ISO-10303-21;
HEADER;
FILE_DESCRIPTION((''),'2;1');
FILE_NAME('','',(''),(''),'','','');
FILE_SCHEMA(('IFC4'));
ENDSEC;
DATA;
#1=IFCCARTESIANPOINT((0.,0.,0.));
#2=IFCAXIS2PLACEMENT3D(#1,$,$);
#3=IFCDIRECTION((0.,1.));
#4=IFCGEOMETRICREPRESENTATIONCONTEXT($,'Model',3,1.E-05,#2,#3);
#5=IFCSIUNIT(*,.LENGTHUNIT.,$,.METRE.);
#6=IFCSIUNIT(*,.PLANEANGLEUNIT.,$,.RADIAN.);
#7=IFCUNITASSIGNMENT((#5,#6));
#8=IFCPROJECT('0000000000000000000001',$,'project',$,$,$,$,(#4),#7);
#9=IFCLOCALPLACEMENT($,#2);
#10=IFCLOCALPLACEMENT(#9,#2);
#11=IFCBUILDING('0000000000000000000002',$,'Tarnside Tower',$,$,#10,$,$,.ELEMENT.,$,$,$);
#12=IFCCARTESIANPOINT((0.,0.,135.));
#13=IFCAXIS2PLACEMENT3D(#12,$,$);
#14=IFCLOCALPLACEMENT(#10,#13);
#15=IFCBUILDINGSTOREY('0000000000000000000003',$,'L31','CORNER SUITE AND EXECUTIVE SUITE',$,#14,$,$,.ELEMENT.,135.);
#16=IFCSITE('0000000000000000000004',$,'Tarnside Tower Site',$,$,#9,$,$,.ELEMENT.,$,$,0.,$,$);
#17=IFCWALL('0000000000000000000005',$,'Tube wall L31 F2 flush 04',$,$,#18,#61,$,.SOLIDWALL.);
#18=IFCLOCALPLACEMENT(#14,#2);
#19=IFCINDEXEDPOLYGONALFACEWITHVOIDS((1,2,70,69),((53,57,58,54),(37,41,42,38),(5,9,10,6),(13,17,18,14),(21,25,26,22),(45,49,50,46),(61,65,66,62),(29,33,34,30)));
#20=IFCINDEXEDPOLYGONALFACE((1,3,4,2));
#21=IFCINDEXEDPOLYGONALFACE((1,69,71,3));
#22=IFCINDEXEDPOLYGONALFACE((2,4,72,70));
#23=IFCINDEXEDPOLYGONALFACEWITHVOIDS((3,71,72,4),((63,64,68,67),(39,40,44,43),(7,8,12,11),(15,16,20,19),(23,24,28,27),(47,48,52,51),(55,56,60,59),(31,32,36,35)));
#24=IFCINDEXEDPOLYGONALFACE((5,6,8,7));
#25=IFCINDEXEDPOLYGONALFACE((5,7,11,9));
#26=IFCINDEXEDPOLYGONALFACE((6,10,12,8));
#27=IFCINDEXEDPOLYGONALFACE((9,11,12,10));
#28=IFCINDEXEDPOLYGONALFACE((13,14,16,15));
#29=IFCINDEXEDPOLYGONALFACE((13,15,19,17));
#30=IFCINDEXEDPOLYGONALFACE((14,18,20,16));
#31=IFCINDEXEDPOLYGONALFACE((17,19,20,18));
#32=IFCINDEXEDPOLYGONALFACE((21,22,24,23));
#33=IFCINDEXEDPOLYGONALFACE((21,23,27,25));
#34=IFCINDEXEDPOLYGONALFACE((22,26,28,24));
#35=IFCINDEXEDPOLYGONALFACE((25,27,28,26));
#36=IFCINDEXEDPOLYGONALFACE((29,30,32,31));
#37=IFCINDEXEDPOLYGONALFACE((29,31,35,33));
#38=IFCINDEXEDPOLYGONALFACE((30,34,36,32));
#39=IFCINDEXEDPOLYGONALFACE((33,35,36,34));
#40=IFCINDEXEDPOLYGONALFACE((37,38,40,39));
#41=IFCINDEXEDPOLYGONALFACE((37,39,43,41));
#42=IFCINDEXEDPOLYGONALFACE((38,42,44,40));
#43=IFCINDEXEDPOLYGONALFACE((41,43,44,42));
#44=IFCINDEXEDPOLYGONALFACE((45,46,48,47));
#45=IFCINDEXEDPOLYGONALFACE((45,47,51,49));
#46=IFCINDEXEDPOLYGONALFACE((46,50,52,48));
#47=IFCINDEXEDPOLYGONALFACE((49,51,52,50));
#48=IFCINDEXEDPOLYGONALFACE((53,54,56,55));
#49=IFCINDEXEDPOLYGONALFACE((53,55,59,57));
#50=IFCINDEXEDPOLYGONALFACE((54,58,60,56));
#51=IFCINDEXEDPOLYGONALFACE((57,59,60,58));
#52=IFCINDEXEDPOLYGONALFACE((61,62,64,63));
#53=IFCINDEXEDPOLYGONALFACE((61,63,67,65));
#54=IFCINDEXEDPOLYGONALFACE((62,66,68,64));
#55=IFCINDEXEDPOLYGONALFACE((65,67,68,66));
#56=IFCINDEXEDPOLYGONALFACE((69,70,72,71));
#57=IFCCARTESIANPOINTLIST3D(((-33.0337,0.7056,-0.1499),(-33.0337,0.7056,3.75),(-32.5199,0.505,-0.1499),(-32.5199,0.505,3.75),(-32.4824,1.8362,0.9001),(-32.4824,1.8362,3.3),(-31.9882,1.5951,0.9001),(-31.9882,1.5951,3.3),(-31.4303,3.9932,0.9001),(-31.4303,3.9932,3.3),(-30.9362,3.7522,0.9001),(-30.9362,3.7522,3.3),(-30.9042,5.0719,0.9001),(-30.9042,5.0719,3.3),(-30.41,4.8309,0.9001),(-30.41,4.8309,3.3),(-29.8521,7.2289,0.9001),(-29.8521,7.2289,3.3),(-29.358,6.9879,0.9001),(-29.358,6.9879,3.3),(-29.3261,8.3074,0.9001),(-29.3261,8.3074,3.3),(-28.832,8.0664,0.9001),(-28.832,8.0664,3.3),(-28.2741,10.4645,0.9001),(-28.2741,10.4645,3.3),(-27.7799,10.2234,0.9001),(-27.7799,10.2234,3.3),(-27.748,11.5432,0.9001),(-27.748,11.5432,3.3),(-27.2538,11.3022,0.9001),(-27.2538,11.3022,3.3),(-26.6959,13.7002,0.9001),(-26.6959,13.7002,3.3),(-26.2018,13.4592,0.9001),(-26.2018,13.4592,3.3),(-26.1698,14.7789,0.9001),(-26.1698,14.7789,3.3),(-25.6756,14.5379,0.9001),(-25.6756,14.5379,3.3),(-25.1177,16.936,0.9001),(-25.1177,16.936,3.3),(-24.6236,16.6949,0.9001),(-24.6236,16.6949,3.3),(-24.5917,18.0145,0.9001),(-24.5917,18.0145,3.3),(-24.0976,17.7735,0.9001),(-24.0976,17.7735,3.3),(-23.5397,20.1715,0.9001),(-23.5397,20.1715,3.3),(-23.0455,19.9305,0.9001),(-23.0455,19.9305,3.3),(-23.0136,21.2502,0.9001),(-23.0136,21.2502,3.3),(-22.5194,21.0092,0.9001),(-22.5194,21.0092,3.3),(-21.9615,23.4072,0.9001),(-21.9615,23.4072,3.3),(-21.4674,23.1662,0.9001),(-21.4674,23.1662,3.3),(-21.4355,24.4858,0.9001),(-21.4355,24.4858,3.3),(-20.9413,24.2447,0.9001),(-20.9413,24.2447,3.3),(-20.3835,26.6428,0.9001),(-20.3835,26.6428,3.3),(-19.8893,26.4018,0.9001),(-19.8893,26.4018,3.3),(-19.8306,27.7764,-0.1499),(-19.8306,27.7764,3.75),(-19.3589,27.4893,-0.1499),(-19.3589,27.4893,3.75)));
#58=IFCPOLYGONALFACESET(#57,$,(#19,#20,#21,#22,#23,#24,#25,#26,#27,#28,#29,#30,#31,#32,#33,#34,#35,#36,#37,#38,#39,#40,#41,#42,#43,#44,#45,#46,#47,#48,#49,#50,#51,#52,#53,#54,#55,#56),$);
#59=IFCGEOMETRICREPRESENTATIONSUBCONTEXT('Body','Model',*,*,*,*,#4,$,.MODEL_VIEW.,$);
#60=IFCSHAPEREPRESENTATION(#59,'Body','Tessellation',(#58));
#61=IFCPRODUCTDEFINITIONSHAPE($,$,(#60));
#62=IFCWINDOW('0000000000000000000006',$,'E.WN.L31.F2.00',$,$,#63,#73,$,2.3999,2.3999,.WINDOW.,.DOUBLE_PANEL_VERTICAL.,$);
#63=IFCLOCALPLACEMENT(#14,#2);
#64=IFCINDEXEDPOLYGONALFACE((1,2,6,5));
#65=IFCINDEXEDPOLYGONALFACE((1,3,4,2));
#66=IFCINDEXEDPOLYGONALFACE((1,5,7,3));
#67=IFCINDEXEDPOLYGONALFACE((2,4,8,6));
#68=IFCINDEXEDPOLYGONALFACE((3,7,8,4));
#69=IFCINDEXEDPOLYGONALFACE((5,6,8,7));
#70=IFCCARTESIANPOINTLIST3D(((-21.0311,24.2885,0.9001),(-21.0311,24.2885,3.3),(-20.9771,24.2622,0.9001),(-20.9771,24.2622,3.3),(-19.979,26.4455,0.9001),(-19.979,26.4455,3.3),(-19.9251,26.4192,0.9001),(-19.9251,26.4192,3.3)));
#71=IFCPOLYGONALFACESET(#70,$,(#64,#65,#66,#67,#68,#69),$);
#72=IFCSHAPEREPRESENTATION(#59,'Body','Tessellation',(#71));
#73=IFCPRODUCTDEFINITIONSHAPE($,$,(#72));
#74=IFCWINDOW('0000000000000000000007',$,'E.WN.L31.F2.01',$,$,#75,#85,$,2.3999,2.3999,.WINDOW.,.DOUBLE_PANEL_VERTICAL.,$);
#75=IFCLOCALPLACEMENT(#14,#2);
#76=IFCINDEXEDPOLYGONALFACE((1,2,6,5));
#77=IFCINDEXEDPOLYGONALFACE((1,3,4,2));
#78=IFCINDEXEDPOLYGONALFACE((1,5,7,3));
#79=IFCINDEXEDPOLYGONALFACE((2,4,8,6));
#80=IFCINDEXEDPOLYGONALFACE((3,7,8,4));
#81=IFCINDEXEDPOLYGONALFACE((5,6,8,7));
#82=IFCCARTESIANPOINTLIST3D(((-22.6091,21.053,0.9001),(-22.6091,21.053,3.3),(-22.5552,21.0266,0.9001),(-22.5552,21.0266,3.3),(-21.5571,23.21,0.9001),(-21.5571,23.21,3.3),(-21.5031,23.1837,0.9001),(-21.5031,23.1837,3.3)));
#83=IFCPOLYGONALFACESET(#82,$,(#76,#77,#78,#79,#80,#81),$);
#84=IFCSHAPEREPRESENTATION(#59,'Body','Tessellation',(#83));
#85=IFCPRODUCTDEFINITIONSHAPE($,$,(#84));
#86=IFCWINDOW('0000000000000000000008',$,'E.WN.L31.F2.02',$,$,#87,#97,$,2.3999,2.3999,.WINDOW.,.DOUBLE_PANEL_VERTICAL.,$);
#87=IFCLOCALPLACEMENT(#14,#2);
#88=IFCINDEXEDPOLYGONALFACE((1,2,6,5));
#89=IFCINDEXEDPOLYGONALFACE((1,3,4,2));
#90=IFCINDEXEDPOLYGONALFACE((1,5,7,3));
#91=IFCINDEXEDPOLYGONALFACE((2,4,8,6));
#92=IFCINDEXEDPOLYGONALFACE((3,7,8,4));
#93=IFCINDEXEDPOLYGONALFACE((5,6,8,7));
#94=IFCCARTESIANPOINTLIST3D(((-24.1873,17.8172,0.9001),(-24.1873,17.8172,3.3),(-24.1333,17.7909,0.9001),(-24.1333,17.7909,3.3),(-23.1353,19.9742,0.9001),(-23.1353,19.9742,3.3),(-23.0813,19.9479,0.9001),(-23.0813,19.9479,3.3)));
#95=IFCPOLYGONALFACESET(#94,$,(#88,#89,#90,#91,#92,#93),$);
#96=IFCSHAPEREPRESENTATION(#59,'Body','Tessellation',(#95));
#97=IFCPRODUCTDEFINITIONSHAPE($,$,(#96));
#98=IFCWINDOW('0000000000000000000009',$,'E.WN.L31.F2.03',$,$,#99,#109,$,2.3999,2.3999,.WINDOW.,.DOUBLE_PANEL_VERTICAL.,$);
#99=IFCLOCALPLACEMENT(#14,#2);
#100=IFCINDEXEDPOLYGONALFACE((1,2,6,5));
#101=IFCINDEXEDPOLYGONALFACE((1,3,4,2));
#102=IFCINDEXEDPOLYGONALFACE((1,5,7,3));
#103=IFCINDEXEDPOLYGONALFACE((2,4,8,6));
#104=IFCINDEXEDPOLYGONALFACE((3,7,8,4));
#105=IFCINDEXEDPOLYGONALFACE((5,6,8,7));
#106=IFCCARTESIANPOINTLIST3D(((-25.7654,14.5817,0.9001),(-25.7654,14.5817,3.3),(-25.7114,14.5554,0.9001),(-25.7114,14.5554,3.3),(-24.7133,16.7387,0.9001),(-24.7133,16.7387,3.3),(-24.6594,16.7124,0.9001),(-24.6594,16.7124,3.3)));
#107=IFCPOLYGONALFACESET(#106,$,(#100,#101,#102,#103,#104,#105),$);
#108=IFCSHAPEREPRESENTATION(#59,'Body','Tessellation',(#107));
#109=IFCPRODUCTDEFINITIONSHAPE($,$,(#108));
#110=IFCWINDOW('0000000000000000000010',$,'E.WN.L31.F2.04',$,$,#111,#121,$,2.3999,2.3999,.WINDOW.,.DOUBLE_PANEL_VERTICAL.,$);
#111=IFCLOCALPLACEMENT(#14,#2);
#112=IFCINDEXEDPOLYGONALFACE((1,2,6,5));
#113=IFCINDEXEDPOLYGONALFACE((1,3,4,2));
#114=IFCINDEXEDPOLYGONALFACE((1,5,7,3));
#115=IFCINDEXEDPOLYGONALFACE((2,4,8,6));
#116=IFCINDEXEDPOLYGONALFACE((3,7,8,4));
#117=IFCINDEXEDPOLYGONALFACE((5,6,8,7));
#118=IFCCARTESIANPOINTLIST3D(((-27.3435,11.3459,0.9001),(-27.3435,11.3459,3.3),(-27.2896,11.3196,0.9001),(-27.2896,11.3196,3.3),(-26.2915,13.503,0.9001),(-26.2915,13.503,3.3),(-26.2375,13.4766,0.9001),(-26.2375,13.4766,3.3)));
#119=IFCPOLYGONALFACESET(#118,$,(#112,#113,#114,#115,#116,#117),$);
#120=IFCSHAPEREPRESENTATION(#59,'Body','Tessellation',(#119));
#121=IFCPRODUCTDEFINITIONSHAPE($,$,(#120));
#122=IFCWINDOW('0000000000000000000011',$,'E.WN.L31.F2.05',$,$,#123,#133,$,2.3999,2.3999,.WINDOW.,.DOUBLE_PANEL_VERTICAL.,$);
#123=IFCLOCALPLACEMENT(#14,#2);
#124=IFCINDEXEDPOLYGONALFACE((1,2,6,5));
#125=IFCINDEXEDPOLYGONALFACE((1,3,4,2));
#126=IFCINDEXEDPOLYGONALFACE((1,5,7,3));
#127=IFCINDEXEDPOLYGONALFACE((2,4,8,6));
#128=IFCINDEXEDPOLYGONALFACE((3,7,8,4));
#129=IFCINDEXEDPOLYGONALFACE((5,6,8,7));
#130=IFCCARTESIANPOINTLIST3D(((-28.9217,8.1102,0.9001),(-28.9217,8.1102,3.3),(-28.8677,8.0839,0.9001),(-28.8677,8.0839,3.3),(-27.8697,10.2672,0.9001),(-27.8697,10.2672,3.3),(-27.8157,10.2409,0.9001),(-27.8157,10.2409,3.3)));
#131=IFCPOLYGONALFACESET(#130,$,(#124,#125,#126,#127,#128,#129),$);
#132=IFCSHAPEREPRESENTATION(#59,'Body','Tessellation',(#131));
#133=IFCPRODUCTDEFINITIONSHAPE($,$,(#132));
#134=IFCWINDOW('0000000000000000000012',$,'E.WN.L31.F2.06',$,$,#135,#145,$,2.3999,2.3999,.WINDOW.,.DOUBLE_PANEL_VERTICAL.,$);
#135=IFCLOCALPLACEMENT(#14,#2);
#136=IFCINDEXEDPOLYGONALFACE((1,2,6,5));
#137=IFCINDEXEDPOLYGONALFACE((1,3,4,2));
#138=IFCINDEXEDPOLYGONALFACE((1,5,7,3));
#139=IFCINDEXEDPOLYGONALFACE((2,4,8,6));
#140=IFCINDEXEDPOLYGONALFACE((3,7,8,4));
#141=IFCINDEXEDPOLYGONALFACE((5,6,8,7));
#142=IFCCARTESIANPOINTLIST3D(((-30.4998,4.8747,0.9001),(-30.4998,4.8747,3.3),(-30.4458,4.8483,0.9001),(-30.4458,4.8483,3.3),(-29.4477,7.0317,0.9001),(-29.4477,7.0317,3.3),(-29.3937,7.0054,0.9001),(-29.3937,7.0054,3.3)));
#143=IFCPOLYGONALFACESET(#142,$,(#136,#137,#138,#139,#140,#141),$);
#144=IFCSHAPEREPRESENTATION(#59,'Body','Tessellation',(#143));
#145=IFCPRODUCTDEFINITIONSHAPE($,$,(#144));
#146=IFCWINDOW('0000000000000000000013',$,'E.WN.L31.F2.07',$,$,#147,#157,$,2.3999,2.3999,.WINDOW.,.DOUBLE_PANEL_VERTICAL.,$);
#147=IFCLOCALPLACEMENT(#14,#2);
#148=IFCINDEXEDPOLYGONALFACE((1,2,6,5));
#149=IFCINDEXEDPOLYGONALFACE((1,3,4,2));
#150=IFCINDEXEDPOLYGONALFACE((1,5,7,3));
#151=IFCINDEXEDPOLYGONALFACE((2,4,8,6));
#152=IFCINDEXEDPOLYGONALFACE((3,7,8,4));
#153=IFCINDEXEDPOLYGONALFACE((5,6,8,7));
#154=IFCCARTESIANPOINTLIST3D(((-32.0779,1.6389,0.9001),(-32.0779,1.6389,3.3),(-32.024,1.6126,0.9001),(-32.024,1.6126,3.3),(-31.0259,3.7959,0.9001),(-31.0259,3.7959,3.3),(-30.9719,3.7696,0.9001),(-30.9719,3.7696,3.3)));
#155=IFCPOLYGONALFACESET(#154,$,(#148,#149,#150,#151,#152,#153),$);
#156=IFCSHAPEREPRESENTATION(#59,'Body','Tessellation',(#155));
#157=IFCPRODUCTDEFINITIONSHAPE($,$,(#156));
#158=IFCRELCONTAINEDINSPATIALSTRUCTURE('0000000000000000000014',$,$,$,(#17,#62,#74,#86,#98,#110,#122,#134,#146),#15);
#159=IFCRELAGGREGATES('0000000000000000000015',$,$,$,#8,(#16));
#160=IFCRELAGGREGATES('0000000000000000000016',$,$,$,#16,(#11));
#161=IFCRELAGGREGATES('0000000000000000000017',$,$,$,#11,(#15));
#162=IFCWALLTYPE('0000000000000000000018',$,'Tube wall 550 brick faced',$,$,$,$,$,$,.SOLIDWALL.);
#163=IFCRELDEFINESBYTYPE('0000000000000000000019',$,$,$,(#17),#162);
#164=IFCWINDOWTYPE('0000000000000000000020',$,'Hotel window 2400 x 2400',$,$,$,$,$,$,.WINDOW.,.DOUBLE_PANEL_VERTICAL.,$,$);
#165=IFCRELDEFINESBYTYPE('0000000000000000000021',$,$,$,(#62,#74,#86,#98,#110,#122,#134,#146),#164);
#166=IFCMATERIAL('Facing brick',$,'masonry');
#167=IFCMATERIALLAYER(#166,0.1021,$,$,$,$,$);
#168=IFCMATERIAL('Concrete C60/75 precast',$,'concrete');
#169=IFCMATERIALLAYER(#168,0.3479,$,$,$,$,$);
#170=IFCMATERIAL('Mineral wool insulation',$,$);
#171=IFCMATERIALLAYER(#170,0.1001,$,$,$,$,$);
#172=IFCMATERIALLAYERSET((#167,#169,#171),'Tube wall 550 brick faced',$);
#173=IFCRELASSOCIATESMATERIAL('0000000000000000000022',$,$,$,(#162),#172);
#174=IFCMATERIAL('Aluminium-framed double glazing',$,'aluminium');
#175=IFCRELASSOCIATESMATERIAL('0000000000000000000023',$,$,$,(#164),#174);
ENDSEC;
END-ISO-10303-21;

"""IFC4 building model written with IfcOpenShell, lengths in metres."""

from ifc_helpers import new_model, si_unit, direction, frame, frame_2d, origin, place, context, subcontext, project, spatial, polyline, rectangle, outline, extrude, material, layer, layer_set, type_object, element, fill, save


model = new_model("IFC4")

# Units and contexts
model_context = context("Model", 3, precision=1e-05, world=origin(), true_north=direction((0.0, 1.0)))
body_context = subcontext(model_context, "Body", "Model", "MODEL_VIEW")
ifc_project = project(units=[si_unit("LENGTHUNIT", "METRE"), si_unit("PLANEANGLEUNIT", "RADIAN")], contexts=[model_context])

# Site, building, storey
site_placement = place(None, origin())
site = spatial("IfcSite", under=ifc_project, at=site_placement, Name="Tarnside Tower Site", CompositionType="ELEMENT", RefElevation=0.0)
building_placement = place(site_placement, origin())
building = spatial("IfcBuilding", under=site, at=building_placement, Name="Tarnside Tower", CompositionType="ELEMENT")
storey_placement = place(building_placement, frame((0.0, 0.0, 135.0)))
storey = spatial("IfcBuildingStorey", under=building, at=storey_placement, Name="L31", Description="CORNER SUITE AND EXECUTIVE SUITE", CompositionType="ELEMENT", Elevation=135.0)

# Shared definitions
ifc_material_1 = material(Name="Facing brick", Category="masonry")
ifc_layer_1 = layer(ifc_material_1, 0.1021)
ifc_material_2 = material(Name="Concrete C60/75 precast", Category="concrete")
ifc_layer_2 = layer(ifc_material_2, 0.3479)
ifc_material_3 = material(Name="Mineral wool insulation")
ifc_layer_3 = layer(ifc_material_3, 0.1001)
ifc_layer_set_1 = layer_set([ifc_layer_1, ifc_layer_2, ifc_layer_3], Name="Tube wall 550 brick faced")
wall_type_1 = type_object("IfcWallType", Name="Tube wall 550 brick faced", PredefinedType="SOLIDWALL", material=ifc_layer_set_1)

# Wall, openings, windows
wall_1_placement = place(storey_placement, frame((-19.5947, 27.6328, -0.1499), z_axis=(0.0, 0.0, 1.0), x_axis=(-0.438368, -0.898795, 0.0)))
wall_1 = element("IfcWall", 1, at=wall_1_placement, inside=storey, type_object=wall_type_1, Name="Tube wall L31 F2 flush 04", PredefinedType="SOLIDWALL", context=body_context, shape_type="SweptSolid", body=[
    extrude(outline(polyline([(-0.0256, -0.2749), (30.0933, -0.2749), (30.0483, 0.2749), (0.0256, 0.2749), (-0.0256, -0.2749)])), origin(), (0.0, 0.0, 1.0), 3.8999),
])
opening_1_placement = place(wall_1_placement, frame((1.2356, 0.0, 1.05)))
opening_1 = element("IfcOpeningElement", 2, at=opening_1_placement, cuts=wall_1, PredefinedType="OPENING", context=body_context, shape_type="SweptSolid", body=[
    extrude(rectangle(XDim=2.3999, YDim=2.3999, at=frame_2d((1.2, 1.2))), frame((0.0, 0.2852, 0.0), z_axis=(0.0, -1.0, 0.0), x_axis=(1.0, 0.0, 0.0)), (0.0, 0.0, 1.0), 0.5701),
])
opening_2_placement = place(wall_1_placement, frame((4.8354, 0.0, 1.05)))
opening_2 = element("IfcOpeningElement", 3, at=opening_2_placement, cuts=wall_1, PredefinedType="OPENING", context=body_context, shape_type="SweptSolid", body=[
    extrude(rectangle(XDim=2.3999, YDim=2.3999, at=frame_2d((1.2, 1.2))), frame((0.0, 0.2852, 0.0), z_axis=(0.0, -1.0, 0.0), x_axis=(1.0, 0.0, 0.0)), (0.0, 0.0, 1.0), 0.5701),
])
opening_3_placement = place(wall_1_placement, frame((8.4355, 0.0, 1.05)))
opening_3 = element("IfcOpeningElement", 4, at=opening_3_placement, cuts=wall_1, PredefinedType="OPENING", context=body_context, shape_type="SweptSolid", body=[
    extrude(rectangle(XDim=2.3999, YDim=2.3999, at=frame_2d((1.2, 1.2))), frame((0.0, 0.2852, 0.0), z_axis=(0.0, -1.0, 0.0), x_axis=(1.0, 0.0, 0.0)), (0.0, 0.0, 1.0), 0.5701),
])
opening_4_placement = place(wall_1_placement, frame((12.0354, 0.0, 1.05)))
opening_4 = element("IfcOpeningElement", 5, at=opening_4_placement, cuts=wall_1, PredefinedType="OPENING", context=body_context, shape_type="SweptSolid", body=[
    extrude(rectangle(XDim=2.3999, YDim=2.3999, at=frame_2d((1.2, 1.2))), frame((0.0, 0.2852, 0.0), z_axis=(0.0, -1.0, 0.0), x_axis=(1.0, 0.0, 0.0)), (0.0, 0.0, 1.0), 0.5701),
])
opening_5_placement = place(wall_1_placement, frame((15.6355, 0.0, 1.05)))
opening_5 = element("IfcOpeningElement", 6, at=opening_5_placement, cuts=wall_1, PredefinedType="OPENING", context=body_context, shape_type="SweptSolid", body=[
    extrude(rectangle(XDim=2.3999, YDim=2.3999, at=frame_2d((1.2, 1.2))), frame((0.0, 0.2852, 0.0), z_axis=(0.0, -1.0, 0.0), x_axis=(1.0, 0.0, 0.0)), (0.0, 0.0, 1.0), 0.5701),
])
opening_6_placement = place(wall_1_placement, frame((19.2356, 0.0, 1.05)))
opening_6 = element("IfcOpeningElement", 7, at=opening_6_placement, cuts=wall_1, PredefinedType="OPENING", context=body_context, shape_type="SweptSolid", body=[
    extrude(rectangle(XDim=2.3999, YDim=2.3999, at=frame_2d((1.2, 1.2))), frame((0.0, 0.2852, 0.0), z_axis=(0.0, -1.0, 0.0), x_axis=(1.0, 0.0, 0.0)), (0.0, 0.0, 1.0), 0.5701),
])
opening_7_placement = place(wall_1_placement, frame((22.8354, 0.0, 1.05)))
opening_7 = element("IfcOpeningElement", 8, at=opening_7_placement, cuts=wall_1, PredefinedType="OPENING", context=body_context, shape_type="SweptSolid", body=[
    extrude(rectangle(XDim=2.3999, YDim=2.3999, at=frame_2d((1.2, 1.2))), frame((0.0, 0.2852, 0.0), z_axis=(0.0, -1.0, 0.0), x_axis=(1.0, 0.0, 0.0)), (0.0, 0.0, 1.0), 0.5701),
])
opening_8_placement = place(wall_1_placement, frame((26.4355, 0.0, 1.05)))
opening_8 = element("IfcOpeningElement", 9, at=opening_8_placement, cuts=wall_1, PredefinedType="OPENING", context=body_context, shape_type="SweptSolid", body=[
    extrude(rectangle(XDim=2.3999, YDim=2.3999, at=frame_2d((1.2, 1.2))), frame((0.0, 0.2852, 0.0), z_axis=(0.0, -1.0, 0.0), x_axis=(1.0, 0.0, 0.0)), (0.0, 0.0, 1.0), 0.5701),
])
ifc_material_4 = material(Name="Aluminium-framed double glazing", Category="aluminium")
window_type = type_object("IfcWindowType", Name="Hotel window 2400 x 2400", PartitioningType="DOUBLE_PANEL_VERTICAL", PredefinedType="WINDOW", material=ifc_material_4)
window_1_placement = place(opening_1_placement, frame((0.0, 0.2051, 0.0)))
window_1 = element("IfcWindow", 10, at=window_1_placement, inside=storey, type_object=window_type, Name="E.WN.L31.F2.00", OverallHeight=2.3999, OverallWidth=2.3999, PartitioningType="DOUBLE_PANEL_VERTICAL", PredefinedType="WINDOW", context=body_context, shape_type="SweptSolid", body=[
    extrude(rectangle(XDim=2.3999, YDim=2.3999, at=frame_2d((1.2, 1.2))), frame((0.0, 0.03, 0.0), z_axis=(0.0, -1.0, 0.0), x_axis=(1.0, 0.0, 0.0)), (0.0, 0.0, 1.0), 0.0601),
])
fill(opening_1, window_1)
window_2_placement = place(opening_2_placement, frame((0.0, 0.2051, 0.0)))
window_2 = element("IfcWindow", 11, at=window_2_placement, inside=storey, type_object=window_type, Name="E.WN.L31.F2.01", OverallHeight=2.3999, OverallWidth=2.3999, PartitioningType="DOUBLE_PANEL_VERTICAL", PredefinedType="WINDOW", context=body_context, shape_type="SweptSolid", body=[
    extrude(rectangle(XDim=2.3999, YDim=2.3999, at=frame_2d((1.2, 1.2))), frame((0.0, 0.03, 0.0), z_axis=(0.0, -1.0, 0.0), x_axis=(1.0, 0.0, 0.0)), (0.0, 0.0, 1.0), 0.0601),
])
fill(opening_2, window_2)
window_3_placement = place(opening_3_placement, frame((0.0, 0.2051, 0.0)))
window_3 = element("IfcWindow", 12, at=window_3_placement, inside=storey, type_object=window_type, Name="E.WN.L31.F2.02", OverallHeight=2.3999, OverallWidth=2.3999, PartitioningType="DOUBLE_PANEL_VERTICAL", PredefinedType="WINDOW", context=body_context, shape_type="SweptSolid", body=[
    extrude(rectangle(XDim=2.3999, YDim=2.3999, at=frame_2d((1.2, 1.2))), frame((0.0, 0.03, 0.0), z_axis=(0.0, -1.0, 0.0), x_axis=(1.0, 0.0, 0.0)), (0.0, 0.0, 1.0), 0.0601),
])
fill(opening_3, window_3)
window_4_placement = place(opening_4_placement, frame((0.0, 0.2051, 0.0)))
window_4 = element("IfcWindow", 13, at=window_4_placement, inside=storey, type_object=window_type, Name="E.WN.L31.F2.03", OverallHeight=2.3999, OverallWidth=2.3999, PartitioningType="DOUBLE_PANEL_VERTICAL", PredefinedType="WINDOW", context=body_context, shape_type="SweptSolid", body=[
    extrude(rectangle(XDim=2.3999, YDim=2.3999, at=frame_2d((1.2, 1.2))), frame((0.0, 0.03, 0.0), z_axis=(0.0, -1.0, 0.0), x_axis=(1.0, 0.0, 0.0)), (0.0, 0.0, 1.0), 0.0601),
])
fill(opening_4, window_4)
window_5_placement = place(opening_5_placement, frame((0.0, 0.2051, 0.0)))
window_5 = element("IfcWindow", 14, at=window_5_placement, inside=storey, type_object=window_type, Name="E.WN.L31.F2.04", OverallHeight=2.3999, OverallWidth=2.3999, PartitioningType="DOUBLE_PANEL_VERTICAL", PredefinedType="WINDOW", context=body_context, shape_type="SweptSolid", body=[
    extrude(rectangle(XDim=2.3999, YDim=2.3999, at=frame_2d((1.2, 1.2))), frame((0.0, 0.03, 0.0), z_axis=(0.0, -1.0, 0.0), x_axis=(1.0, 0.0, 0.0)), (0.0, 0.0, 1.0), 0.0601),
])
fill(opening_5, window_5)
window_6_placement = place(opening_6_placement, frame((0.0, 0.2051, 0.0)))
window_6 = element("IfcWindow", 15, at=window_6_placement, inside=storey, type_object=window_type, Name="E.WN.L31.F2.05", OverallHeight=2.3999, OverallWidth=2.3999, PartitioningType="DOUBLE_PANEL_VERTICAL", PredefinedType="WINDOW", context=body_context, shape_type="SweptSolid", body=[
    extrude(rectangle(XDim=2.3999, YDim=2.3999, at=frame_2d((1.2, 1.2))), frame((0.0, 0.03, 0.0), z_axis=(0.0, -1.0, 0.0), x_axis=(1.0, 0.0, 0.0)), (0.0, 0.0, 1.0), 0.0601),
])
fill(opening_6, window_6)
window_7_placement = place(opening_7_placement, frame((0.0, 0.2051, 0.0)))
window_7 = element("IfcWindow", 16, at=window_7_placement, inside=storey, type_object=window_type, Name="E.WN.L31.F2.06", OverallHeight=2.3999, OverallWidth=2.3999, PartitioningType="DOUBLE_PANEL_VERTICAL", PredefinedType="WINDOW", context=body_context, shape_type="SweptSolid", body=[
    extrude(rectangle(XDim=2.3999, YDim=2.3999, at=frame_2d((1.2, 1.2))), frame((0.0, 0.03, 0.0), z_axis=(0.0, -1.0, 0.0), x_axis=(1.0, 0.0, 0.0)), (0.0, 0.0, 1.0), 0.0601),
])
fill(opening_7, window_7)
window_8_placement = place(opening_8_placement, frame((0.0, 0.2051, 0.0)))
window_8 = element("IfcWindow", 17, at=window_8_placement, inside=storey, type_object=window_type, Name="E.WN.L31.F2.07", OverallHeight=2.3999, OverallWidth=2.3999, PartitioningType="DOUBLE_PANEL_VERTICAL", PredefinedType="WINDOW", context=body_context, shape_type="SweptSolid", body=[
    extrude(rectangle(XDim=2.3999, YDim=2.3999, at=frame_2d((1.2, 1.2))), frame((0.0, 0.03, 0.0), z_axis=(0.0, -1.0, 0.0), x_axis=(1.0, 0.0, 0.0)), (0.0, 0.0, 1.0), 0.0601),
])
fill(opening_8, window_8)

save(model, "model.ifc")
